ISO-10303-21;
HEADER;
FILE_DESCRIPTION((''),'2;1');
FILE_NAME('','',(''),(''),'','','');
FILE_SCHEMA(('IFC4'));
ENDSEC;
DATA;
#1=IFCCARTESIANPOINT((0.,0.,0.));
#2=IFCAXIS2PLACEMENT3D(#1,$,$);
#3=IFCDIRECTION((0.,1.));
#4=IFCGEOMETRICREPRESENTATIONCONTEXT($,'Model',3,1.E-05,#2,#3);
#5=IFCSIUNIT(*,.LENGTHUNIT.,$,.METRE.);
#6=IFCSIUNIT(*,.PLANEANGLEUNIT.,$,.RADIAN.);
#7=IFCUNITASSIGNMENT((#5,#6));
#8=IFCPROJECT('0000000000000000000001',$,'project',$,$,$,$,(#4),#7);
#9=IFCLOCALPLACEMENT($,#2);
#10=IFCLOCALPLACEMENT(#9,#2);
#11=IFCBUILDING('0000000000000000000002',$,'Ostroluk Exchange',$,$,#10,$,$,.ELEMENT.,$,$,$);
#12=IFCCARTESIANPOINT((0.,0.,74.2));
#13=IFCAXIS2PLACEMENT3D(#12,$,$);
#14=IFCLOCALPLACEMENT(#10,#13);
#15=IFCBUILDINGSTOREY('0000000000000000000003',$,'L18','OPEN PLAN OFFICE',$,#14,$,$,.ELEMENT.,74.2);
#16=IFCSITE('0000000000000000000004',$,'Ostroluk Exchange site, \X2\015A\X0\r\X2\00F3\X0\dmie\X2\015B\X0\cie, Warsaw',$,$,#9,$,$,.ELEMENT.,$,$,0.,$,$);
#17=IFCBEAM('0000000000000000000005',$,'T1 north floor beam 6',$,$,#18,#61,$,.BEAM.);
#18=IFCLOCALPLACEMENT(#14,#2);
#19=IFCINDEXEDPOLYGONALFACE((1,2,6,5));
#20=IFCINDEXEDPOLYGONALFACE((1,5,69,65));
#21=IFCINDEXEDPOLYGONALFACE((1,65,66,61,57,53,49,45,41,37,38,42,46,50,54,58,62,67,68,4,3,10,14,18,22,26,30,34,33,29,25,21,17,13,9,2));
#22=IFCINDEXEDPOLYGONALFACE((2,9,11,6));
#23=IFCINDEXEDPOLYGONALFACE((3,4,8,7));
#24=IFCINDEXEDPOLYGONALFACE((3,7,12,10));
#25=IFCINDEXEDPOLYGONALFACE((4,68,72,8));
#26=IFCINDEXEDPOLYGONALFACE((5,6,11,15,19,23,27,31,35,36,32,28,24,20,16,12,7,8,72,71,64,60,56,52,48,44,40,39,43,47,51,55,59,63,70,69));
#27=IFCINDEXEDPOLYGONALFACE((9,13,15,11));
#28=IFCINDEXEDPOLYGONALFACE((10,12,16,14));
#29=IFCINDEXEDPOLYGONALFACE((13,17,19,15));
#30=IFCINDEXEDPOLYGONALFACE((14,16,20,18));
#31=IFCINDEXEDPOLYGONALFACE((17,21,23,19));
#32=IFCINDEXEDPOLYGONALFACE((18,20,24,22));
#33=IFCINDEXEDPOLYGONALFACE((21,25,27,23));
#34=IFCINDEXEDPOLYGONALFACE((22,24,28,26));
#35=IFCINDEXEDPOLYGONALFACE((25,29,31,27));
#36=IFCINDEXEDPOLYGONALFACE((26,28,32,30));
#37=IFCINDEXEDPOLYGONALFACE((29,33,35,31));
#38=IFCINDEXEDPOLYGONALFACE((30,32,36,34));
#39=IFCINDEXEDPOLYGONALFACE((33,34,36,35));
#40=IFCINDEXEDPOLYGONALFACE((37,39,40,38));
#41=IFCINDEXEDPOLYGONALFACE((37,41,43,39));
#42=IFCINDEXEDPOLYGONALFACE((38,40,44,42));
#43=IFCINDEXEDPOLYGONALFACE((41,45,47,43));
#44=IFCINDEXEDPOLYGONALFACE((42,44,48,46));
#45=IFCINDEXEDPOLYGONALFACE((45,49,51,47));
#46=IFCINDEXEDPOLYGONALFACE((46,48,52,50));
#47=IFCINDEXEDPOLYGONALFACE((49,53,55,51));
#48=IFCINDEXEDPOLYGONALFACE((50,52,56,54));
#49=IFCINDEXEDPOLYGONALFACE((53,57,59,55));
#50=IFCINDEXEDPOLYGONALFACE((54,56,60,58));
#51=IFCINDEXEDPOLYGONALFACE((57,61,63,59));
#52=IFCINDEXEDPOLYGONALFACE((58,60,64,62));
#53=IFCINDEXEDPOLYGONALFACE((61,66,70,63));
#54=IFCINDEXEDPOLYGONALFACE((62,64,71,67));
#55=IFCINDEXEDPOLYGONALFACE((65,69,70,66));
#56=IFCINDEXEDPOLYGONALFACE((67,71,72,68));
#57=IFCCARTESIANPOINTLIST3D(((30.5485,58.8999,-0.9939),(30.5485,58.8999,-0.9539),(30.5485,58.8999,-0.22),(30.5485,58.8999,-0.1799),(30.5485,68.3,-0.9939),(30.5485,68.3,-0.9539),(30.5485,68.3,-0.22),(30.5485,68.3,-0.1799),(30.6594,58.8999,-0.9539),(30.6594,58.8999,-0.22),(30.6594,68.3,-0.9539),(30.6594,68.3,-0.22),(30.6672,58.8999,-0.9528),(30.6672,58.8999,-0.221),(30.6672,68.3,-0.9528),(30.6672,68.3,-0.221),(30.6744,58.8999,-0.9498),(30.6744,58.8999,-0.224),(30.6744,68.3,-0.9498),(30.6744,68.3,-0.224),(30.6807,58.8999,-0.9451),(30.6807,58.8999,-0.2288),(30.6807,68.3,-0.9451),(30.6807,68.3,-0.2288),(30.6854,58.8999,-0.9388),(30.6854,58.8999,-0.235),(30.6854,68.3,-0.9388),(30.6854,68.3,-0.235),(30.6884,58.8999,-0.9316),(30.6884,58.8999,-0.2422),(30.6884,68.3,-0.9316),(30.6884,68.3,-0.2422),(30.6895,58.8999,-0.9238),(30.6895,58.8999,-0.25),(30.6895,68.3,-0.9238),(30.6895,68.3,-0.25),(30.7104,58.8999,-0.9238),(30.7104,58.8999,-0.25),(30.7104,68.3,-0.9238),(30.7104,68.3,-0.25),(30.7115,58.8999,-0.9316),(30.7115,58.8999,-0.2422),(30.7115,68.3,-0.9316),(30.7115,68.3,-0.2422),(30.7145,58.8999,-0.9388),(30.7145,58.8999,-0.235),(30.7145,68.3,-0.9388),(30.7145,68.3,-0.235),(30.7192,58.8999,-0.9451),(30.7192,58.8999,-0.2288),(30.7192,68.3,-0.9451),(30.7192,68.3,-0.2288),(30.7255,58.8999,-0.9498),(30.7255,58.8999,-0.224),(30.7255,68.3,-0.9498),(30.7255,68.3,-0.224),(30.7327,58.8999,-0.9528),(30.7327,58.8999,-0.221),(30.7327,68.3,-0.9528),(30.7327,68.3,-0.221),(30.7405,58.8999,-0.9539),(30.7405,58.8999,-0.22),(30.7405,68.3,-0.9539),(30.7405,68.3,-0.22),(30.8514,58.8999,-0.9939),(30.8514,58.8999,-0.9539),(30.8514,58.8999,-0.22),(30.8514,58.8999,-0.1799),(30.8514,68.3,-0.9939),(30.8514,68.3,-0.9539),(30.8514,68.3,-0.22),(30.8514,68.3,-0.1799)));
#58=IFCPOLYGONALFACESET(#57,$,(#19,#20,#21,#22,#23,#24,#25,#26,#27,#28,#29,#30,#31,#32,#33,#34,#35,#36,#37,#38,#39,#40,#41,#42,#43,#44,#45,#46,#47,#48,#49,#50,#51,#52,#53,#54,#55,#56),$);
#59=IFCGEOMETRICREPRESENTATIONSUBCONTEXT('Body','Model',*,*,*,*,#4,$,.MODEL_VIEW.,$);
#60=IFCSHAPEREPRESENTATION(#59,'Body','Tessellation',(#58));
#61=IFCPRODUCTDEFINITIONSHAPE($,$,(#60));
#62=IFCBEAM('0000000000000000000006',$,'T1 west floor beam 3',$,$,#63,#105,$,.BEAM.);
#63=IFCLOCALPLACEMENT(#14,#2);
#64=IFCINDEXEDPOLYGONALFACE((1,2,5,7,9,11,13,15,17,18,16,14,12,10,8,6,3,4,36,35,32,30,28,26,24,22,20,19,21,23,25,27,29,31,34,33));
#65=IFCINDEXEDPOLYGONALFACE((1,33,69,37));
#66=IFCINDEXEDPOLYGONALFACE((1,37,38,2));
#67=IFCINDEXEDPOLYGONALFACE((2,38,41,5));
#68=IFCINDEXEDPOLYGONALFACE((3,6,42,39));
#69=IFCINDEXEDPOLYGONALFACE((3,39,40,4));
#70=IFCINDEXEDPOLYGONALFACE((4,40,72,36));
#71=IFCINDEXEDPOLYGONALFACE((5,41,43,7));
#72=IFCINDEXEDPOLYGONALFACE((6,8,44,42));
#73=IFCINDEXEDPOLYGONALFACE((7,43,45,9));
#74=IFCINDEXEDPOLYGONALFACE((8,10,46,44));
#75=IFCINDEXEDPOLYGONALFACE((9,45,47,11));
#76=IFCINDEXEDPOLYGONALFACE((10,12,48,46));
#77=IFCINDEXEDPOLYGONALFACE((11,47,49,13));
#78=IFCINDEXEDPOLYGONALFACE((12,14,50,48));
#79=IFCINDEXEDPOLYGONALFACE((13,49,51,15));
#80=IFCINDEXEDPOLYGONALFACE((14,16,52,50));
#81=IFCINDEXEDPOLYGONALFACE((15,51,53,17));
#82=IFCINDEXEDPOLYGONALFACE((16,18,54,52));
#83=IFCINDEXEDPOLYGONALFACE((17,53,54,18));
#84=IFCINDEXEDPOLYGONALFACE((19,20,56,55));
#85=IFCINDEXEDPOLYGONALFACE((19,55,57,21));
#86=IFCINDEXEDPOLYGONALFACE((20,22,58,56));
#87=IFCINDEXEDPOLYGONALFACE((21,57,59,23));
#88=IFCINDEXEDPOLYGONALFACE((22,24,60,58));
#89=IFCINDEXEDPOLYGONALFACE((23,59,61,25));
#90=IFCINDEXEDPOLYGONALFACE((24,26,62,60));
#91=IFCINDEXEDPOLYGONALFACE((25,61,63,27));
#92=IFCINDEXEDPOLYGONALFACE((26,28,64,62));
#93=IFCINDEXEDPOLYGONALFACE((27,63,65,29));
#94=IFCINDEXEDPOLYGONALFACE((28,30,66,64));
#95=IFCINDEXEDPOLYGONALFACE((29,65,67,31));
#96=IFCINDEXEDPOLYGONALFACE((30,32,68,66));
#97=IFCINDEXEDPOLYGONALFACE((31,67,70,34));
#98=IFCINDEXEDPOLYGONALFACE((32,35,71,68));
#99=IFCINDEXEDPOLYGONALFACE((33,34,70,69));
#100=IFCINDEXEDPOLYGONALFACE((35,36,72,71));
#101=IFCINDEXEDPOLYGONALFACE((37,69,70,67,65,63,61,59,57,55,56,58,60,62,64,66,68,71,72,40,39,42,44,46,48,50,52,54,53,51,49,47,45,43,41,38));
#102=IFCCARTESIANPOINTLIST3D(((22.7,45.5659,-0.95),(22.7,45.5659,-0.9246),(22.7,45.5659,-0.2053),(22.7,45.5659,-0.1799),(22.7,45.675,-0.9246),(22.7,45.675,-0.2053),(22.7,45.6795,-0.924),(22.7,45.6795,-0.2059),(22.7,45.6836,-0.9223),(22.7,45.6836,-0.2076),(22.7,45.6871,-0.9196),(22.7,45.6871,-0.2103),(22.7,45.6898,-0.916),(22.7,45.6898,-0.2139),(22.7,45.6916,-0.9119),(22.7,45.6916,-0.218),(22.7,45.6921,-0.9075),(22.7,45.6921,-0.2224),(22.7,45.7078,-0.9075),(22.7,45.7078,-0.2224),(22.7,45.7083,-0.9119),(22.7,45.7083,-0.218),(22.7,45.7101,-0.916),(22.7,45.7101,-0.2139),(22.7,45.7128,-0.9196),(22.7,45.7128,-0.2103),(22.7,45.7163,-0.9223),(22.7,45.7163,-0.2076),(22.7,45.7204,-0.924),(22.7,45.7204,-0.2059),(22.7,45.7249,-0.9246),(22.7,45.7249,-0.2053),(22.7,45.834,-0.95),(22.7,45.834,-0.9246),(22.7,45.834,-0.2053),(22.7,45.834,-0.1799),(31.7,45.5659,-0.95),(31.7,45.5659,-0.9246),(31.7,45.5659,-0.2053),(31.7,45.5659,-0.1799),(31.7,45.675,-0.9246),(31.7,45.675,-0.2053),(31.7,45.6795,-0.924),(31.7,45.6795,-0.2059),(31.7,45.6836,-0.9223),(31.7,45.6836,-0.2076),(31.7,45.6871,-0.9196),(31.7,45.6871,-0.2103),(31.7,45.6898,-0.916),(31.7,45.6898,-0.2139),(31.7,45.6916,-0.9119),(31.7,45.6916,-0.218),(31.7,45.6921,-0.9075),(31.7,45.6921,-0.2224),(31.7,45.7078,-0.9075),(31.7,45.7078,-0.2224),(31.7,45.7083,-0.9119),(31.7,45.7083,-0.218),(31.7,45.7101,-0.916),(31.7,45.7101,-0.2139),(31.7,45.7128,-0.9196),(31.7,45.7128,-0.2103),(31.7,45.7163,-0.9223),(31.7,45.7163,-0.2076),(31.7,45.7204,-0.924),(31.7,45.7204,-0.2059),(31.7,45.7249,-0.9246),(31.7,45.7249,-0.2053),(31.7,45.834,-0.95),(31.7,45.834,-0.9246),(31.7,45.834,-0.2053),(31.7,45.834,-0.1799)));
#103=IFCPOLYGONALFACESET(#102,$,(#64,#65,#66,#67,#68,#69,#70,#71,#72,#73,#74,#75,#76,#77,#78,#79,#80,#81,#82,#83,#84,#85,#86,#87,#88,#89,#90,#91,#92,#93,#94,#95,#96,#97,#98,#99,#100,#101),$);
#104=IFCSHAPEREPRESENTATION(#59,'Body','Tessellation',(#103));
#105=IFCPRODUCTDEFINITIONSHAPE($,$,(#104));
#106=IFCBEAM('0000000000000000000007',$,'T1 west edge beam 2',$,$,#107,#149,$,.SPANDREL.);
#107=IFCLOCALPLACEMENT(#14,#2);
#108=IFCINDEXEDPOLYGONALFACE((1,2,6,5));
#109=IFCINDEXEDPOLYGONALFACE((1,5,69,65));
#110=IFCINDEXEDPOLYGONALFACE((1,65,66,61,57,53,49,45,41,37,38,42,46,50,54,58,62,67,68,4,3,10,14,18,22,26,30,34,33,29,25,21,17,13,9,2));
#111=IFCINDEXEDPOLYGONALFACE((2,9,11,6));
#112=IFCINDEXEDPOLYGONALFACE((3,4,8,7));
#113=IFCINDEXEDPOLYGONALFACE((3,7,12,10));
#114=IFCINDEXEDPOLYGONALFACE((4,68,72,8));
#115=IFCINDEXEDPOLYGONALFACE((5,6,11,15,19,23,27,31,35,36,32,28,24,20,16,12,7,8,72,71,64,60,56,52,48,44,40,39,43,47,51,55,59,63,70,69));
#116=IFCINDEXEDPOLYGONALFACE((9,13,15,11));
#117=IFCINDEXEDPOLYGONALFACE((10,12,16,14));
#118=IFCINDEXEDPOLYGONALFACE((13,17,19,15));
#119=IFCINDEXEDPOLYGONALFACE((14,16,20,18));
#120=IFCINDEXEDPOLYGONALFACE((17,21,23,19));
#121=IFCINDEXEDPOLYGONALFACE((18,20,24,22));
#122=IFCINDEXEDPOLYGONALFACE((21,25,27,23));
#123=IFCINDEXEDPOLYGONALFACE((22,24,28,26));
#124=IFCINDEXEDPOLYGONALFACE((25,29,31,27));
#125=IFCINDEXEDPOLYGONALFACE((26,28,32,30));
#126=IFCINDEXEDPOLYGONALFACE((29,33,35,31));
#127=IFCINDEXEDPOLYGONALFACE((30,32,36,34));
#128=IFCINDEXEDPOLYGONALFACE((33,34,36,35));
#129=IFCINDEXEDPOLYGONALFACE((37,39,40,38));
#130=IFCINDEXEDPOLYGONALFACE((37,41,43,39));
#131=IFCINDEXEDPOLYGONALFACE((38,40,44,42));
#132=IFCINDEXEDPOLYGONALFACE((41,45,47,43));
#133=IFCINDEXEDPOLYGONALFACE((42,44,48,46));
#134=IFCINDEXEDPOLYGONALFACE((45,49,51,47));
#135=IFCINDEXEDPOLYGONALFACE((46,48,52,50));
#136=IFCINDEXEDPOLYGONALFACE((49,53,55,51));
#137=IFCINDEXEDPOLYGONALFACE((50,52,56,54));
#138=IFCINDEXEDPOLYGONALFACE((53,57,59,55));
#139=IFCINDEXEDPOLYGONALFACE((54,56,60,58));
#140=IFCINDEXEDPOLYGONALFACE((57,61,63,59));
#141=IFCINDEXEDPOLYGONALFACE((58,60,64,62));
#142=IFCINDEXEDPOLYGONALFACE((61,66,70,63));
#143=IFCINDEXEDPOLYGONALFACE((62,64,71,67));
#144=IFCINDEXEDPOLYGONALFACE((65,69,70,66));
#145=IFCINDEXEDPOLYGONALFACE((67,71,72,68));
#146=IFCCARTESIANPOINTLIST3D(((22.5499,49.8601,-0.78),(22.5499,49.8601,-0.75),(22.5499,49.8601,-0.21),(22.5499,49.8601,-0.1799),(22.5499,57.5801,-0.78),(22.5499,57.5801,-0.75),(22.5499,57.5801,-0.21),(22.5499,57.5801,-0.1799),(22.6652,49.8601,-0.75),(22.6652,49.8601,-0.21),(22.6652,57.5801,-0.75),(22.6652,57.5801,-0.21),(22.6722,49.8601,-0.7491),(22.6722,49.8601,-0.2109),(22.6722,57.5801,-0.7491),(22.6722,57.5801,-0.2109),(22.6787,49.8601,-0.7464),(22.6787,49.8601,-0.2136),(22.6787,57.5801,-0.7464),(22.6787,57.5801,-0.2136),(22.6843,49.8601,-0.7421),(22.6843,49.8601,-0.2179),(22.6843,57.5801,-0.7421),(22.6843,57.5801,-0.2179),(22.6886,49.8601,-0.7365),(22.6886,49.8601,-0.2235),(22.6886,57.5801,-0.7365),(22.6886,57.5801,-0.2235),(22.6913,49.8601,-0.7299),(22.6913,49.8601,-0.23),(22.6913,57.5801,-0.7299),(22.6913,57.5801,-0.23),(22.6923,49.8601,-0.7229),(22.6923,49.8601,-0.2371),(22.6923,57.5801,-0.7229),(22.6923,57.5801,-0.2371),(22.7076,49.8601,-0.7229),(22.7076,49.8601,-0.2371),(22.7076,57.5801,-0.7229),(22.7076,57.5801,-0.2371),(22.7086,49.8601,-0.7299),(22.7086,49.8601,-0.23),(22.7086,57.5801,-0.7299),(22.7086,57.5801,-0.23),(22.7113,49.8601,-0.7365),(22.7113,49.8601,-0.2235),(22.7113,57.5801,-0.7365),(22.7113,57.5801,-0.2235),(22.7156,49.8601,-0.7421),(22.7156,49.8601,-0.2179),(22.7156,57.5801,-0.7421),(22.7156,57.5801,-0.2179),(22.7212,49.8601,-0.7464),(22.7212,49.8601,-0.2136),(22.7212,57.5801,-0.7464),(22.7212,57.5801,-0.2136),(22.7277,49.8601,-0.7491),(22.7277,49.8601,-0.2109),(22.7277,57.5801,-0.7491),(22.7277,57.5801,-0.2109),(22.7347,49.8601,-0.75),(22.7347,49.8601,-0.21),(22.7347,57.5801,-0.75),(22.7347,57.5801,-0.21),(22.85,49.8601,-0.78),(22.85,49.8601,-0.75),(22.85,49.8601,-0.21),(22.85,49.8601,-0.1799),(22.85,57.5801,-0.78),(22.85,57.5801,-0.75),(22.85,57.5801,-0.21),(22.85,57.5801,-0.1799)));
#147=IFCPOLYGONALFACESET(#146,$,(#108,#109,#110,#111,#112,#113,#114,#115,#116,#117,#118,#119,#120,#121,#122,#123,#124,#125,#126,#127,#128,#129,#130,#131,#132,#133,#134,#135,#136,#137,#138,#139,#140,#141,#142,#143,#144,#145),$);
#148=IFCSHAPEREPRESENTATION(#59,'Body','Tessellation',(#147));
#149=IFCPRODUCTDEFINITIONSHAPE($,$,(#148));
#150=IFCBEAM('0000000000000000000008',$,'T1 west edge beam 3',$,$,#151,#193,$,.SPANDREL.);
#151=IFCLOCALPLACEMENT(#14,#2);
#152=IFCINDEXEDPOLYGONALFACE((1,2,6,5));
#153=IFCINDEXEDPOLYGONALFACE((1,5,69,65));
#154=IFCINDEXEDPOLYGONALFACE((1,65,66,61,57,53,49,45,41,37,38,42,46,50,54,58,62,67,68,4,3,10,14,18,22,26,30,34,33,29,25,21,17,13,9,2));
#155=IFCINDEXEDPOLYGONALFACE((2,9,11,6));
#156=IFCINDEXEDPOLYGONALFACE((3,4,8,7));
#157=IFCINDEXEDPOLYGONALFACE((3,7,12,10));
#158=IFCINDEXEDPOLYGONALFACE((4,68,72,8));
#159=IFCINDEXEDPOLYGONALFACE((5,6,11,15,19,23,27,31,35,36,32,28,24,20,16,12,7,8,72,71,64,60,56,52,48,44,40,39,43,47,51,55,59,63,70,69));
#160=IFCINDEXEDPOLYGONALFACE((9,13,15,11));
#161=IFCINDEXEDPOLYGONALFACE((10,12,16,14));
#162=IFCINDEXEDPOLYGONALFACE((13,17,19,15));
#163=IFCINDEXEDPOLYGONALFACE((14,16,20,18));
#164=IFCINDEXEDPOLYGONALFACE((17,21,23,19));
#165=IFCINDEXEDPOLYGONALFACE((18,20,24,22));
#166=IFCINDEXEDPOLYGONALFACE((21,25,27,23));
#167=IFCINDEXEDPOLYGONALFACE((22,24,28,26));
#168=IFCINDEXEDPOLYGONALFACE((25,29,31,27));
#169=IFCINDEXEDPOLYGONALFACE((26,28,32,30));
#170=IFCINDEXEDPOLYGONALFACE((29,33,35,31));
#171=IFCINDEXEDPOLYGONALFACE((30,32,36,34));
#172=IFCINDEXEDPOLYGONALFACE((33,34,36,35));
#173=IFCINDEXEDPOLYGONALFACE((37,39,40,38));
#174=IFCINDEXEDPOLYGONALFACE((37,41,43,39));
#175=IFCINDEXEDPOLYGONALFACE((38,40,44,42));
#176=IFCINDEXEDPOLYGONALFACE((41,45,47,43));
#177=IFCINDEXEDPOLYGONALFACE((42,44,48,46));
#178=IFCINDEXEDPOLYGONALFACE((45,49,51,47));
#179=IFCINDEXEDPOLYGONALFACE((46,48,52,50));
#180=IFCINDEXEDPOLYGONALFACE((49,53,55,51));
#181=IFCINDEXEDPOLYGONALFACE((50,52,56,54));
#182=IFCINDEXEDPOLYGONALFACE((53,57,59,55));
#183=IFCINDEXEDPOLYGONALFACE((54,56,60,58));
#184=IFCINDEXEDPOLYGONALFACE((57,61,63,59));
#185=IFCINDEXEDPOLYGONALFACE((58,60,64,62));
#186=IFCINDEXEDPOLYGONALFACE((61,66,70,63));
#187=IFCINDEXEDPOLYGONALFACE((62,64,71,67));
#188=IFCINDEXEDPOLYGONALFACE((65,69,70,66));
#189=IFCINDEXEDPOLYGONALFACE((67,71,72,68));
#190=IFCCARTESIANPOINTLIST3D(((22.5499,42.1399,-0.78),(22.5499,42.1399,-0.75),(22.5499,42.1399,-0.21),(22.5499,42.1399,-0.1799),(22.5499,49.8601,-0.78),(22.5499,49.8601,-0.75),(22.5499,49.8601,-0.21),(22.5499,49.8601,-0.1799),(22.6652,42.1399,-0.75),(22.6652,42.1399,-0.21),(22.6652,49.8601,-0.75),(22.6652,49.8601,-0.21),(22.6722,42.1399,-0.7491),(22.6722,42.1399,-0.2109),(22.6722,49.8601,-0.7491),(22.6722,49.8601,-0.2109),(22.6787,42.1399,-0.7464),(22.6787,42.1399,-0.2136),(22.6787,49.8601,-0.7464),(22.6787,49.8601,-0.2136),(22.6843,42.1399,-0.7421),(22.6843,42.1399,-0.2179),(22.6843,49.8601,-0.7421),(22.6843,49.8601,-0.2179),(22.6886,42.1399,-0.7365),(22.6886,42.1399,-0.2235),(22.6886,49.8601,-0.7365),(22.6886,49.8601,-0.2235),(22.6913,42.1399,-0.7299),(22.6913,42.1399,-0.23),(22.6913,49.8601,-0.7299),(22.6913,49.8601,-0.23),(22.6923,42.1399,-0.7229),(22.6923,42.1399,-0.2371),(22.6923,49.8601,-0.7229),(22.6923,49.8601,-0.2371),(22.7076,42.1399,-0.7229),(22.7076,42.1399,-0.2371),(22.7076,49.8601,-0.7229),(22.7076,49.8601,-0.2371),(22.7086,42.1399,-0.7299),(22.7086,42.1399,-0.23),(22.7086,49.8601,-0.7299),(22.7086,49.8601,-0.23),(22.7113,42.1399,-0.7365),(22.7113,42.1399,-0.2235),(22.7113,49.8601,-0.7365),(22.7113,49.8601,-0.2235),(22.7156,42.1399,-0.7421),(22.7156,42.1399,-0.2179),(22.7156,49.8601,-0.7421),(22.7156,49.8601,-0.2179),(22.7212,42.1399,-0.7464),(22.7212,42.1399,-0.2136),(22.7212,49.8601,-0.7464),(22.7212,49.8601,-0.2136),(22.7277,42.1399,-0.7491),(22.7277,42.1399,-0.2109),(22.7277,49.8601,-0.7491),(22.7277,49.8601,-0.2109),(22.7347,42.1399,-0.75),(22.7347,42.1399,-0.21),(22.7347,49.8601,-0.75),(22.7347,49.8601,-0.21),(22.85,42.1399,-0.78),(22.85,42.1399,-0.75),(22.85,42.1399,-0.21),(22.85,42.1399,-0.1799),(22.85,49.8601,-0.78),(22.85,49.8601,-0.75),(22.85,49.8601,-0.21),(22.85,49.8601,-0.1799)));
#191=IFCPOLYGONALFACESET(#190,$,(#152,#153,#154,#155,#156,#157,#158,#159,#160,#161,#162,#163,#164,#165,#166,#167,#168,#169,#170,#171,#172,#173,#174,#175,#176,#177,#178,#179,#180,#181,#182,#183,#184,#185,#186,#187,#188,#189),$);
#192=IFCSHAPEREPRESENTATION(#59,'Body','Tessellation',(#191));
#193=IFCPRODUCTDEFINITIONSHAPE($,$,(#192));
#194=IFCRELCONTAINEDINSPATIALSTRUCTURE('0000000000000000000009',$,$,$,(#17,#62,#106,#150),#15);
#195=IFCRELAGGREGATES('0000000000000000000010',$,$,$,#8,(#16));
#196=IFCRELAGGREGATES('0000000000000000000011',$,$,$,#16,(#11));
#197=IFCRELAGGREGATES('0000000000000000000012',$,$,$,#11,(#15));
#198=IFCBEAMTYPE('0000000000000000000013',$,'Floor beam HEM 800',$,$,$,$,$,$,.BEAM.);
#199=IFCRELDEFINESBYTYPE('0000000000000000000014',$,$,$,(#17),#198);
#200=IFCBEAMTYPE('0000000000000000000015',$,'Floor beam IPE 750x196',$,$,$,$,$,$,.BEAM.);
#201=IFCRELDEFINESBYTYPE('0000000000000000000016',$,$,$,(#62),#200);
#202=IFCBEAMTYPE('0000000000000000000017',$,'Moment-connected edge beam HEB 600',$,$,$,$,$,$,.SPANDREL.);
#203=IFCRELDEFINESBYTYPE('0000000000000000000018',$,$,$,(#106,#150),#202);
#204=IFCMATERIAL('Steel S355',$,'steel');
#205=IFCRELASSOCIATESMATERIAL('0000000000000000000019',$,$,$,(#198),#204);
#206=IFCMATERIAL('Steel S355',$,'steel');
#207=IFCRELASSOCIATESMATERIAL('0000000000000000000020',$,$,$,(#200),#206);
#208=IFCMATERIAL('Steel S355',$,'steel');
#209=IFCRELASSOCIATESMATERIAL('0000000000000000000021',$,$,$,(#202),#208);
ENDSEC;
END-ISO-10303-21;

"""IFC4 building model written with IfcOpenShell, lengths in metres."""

from ifc_helpers import new_model, si_unit, direction, frame, origin, origin_2d, place, context, subcontext, project, spatial, i_section, extrude, material, material_profile, profile_set, type_object, element, save


model = new_model("IFC4")

# Units and contexts
model_context = context("Model", 3, precision=1e-05, world=origin(), true_north=direction((0.0, 1.0)))
body_context = subcontext(model_context, "Body", "Model", "MODEL_VIEW")
ifc_project = project(units=[si_unit("LENGTHUNIT", "METRE"), si_unit("PLANEANGLEUNIT", "RADIAN")], contexts=[model_context])

# Site, building, storey
site_placement = place(None, origin())
site = spatial("IfcSite", under=ifc_project, at=site_placement, Name="Ostroluk Exchange site, Śródmieście, Warsaw", CompositionType="ELEMENT", RefElevation=0.0)
building_placement = place(site_placement, origin())
building = spatial("IfcBuilding", under=site, at=building_placement, Name="Ostroluk Exchange", CompositionType="ELEMENT")
storey_placement = place(building_placement, frame((0.0, 0.0, 74.2)))
storey = spatial("IfcBuildingStorey", under=building, at=storey_placement, Name="L18", Description="OPEN PLAN OFFICE", CompositionType="ELEMENT", Elevation=74.2)

# Beams
ifc_material_1 = material(Name="Steel S355", Category="steel")
ifc_material_profile_1 = material_profile(ifc_material_1, i_section(OverallWidth=0.303, OverallDepth=0.814, WebThickness=0.021, FlangeThickness=0.04, FilletRadius=0.03, at=origin_2d()), Name="HEM 800")
ifc_profile_set_1 = profile_set([ifc_material_profile_1], Name="Steel S355")
beam_type_1 = type_object("IfcBeamType", Name="Floor beam HEM 800", PredefinedType="BEAM", material=ifc_profile_set_1)
beam_1_placement = place(storey_placement, frame((30.7, 58.8999, -0.5869), z_axis=(0.0, 1.0, 0.0), x_axis=(-1.0, 0.0, 0.0)))
element("IfcBeam", 1, at=beam_1_placement, inside=storey, type_object=beam_type_1, Name="T1 north floor beam 6", PredefinedType="BEAM", context=body_context, shape_type="SweptSolid", body=[
    extrude(i_section(OverallWidth=0.303, OverallDepth=0.814, WebThickness=0.021, FlangeThickness=0.04, FilletRadius=0.03, at=origin_2d()), origin(), (0.0, 0.0, 1.0), 9.4001),
])
ifc_material_2 = material(Name="Steel S355", Category="steel")
ifc_material_profile_2 = material_profile(ifc_material_2, i_section(OverallWidth=0.2681, OverallDepth=0.77, WebThickness=0.0156, FlangeThickness=0.0254, FilletRadius=0.0171, at=origin_2d()), Name="IPE 750x196")
ifc_profile_set_2 = profile_set([ifc_material_profile_2], Name="Steel S355")
beam_type_2 = type_object("IfcBeamType", Name="Floor beam IPE 750x196", PredefinedType="BEAM", material=ifc_profile_set_2)
beam_2_placement = place(storey_placement, frame((31.7, 45.7, -0.5649), z_axis=(-1.0, 0.0, 0.0), x_axis=(0.0, -1.0, 0.0)))
element("IfcBeam", 2, at=beam_2_placement, inside=storey, type_object=beam_type_2, Name="T1 west floor beam 3", PredefinedType="BEAM", context=body_context, shape_type="SweptSolid", body=[
    extrude(i_section(OverallWidth=0.2681, OverallDepth=0.77, WebThickness=0.0156, FlangeThickness=0.0254, FilletRadius=0.0171, at=origin_2d()), origin(), (0.0, 0.0, 1.0), 9.0),
])
ifc_material_3 = material(Name="Steel S355", Category="steel")
ifc_material_profile_3 = material_profile(ifc_material_3, i_section(OverallWidth=0.3, OverallDepth=0.6001, WebThickness=0.0154, FlangeThickness=0.03, FilletRadius=0.0271, at=origin_2d()), Name="HEB 600")
ifc_profile_set_3 = profile_set([ifc_material_profile_3], Name="Steel S355")
beam_type_3 = type_object("IfcBeamType", Name="Moment-connected edge beam HEB 600", PredefinedType="SPANDREL", material=ifc_profile_set_3)
beam_3_placement = place(storey_placement, frame((22.7, 57.5801, -0.48), z_axis=(0.0, -1.0, 0.0), x_axis=(1.0, 0.0, 0.0)))
element("IfcBeam", 3, at=beam_3_placement, inside=storey, type_object=beam_type_3, Name="T1 west edge beam 2", PredefinedType="SPANDREL", context=body_context, shape_type="SweptSolid", body=[
    extrude(i_section(OverallWidth=0.3, OverallDepth=0.6001, WebThickness=0.0154, FlangeThickness=0.03, FilletRadius=0.0271, at=origin_2d()), origin(), (0.0, 0.0, 1.0), 7.72),
])
beam_4_placement = place(storey_placement, frame((22.7, 49.8601, -0.48), z_axis=(0.0, -1.0, 0.0), x_axis=(1.0, 0.0, 0.0)))
element("IfcBeam", 4, at=beam_4_placement, inside=storey, type_object=beam_type_3, Name="T1 west edge beam 3", PredefinedType="SPANDREL", context=body_context, shape_type="SweptSolid", body=[
    extrude(i_section(OverallWidth=0.3, OverallDepth=0.6001, WebThickness=0.0154, FlangeThickness=0.03, FilletRadius=0.0271, at=origin_2d()), origin(), (0.0, 0.0, 1.0), 7.7202),
])

save(model, "model.ifc")
